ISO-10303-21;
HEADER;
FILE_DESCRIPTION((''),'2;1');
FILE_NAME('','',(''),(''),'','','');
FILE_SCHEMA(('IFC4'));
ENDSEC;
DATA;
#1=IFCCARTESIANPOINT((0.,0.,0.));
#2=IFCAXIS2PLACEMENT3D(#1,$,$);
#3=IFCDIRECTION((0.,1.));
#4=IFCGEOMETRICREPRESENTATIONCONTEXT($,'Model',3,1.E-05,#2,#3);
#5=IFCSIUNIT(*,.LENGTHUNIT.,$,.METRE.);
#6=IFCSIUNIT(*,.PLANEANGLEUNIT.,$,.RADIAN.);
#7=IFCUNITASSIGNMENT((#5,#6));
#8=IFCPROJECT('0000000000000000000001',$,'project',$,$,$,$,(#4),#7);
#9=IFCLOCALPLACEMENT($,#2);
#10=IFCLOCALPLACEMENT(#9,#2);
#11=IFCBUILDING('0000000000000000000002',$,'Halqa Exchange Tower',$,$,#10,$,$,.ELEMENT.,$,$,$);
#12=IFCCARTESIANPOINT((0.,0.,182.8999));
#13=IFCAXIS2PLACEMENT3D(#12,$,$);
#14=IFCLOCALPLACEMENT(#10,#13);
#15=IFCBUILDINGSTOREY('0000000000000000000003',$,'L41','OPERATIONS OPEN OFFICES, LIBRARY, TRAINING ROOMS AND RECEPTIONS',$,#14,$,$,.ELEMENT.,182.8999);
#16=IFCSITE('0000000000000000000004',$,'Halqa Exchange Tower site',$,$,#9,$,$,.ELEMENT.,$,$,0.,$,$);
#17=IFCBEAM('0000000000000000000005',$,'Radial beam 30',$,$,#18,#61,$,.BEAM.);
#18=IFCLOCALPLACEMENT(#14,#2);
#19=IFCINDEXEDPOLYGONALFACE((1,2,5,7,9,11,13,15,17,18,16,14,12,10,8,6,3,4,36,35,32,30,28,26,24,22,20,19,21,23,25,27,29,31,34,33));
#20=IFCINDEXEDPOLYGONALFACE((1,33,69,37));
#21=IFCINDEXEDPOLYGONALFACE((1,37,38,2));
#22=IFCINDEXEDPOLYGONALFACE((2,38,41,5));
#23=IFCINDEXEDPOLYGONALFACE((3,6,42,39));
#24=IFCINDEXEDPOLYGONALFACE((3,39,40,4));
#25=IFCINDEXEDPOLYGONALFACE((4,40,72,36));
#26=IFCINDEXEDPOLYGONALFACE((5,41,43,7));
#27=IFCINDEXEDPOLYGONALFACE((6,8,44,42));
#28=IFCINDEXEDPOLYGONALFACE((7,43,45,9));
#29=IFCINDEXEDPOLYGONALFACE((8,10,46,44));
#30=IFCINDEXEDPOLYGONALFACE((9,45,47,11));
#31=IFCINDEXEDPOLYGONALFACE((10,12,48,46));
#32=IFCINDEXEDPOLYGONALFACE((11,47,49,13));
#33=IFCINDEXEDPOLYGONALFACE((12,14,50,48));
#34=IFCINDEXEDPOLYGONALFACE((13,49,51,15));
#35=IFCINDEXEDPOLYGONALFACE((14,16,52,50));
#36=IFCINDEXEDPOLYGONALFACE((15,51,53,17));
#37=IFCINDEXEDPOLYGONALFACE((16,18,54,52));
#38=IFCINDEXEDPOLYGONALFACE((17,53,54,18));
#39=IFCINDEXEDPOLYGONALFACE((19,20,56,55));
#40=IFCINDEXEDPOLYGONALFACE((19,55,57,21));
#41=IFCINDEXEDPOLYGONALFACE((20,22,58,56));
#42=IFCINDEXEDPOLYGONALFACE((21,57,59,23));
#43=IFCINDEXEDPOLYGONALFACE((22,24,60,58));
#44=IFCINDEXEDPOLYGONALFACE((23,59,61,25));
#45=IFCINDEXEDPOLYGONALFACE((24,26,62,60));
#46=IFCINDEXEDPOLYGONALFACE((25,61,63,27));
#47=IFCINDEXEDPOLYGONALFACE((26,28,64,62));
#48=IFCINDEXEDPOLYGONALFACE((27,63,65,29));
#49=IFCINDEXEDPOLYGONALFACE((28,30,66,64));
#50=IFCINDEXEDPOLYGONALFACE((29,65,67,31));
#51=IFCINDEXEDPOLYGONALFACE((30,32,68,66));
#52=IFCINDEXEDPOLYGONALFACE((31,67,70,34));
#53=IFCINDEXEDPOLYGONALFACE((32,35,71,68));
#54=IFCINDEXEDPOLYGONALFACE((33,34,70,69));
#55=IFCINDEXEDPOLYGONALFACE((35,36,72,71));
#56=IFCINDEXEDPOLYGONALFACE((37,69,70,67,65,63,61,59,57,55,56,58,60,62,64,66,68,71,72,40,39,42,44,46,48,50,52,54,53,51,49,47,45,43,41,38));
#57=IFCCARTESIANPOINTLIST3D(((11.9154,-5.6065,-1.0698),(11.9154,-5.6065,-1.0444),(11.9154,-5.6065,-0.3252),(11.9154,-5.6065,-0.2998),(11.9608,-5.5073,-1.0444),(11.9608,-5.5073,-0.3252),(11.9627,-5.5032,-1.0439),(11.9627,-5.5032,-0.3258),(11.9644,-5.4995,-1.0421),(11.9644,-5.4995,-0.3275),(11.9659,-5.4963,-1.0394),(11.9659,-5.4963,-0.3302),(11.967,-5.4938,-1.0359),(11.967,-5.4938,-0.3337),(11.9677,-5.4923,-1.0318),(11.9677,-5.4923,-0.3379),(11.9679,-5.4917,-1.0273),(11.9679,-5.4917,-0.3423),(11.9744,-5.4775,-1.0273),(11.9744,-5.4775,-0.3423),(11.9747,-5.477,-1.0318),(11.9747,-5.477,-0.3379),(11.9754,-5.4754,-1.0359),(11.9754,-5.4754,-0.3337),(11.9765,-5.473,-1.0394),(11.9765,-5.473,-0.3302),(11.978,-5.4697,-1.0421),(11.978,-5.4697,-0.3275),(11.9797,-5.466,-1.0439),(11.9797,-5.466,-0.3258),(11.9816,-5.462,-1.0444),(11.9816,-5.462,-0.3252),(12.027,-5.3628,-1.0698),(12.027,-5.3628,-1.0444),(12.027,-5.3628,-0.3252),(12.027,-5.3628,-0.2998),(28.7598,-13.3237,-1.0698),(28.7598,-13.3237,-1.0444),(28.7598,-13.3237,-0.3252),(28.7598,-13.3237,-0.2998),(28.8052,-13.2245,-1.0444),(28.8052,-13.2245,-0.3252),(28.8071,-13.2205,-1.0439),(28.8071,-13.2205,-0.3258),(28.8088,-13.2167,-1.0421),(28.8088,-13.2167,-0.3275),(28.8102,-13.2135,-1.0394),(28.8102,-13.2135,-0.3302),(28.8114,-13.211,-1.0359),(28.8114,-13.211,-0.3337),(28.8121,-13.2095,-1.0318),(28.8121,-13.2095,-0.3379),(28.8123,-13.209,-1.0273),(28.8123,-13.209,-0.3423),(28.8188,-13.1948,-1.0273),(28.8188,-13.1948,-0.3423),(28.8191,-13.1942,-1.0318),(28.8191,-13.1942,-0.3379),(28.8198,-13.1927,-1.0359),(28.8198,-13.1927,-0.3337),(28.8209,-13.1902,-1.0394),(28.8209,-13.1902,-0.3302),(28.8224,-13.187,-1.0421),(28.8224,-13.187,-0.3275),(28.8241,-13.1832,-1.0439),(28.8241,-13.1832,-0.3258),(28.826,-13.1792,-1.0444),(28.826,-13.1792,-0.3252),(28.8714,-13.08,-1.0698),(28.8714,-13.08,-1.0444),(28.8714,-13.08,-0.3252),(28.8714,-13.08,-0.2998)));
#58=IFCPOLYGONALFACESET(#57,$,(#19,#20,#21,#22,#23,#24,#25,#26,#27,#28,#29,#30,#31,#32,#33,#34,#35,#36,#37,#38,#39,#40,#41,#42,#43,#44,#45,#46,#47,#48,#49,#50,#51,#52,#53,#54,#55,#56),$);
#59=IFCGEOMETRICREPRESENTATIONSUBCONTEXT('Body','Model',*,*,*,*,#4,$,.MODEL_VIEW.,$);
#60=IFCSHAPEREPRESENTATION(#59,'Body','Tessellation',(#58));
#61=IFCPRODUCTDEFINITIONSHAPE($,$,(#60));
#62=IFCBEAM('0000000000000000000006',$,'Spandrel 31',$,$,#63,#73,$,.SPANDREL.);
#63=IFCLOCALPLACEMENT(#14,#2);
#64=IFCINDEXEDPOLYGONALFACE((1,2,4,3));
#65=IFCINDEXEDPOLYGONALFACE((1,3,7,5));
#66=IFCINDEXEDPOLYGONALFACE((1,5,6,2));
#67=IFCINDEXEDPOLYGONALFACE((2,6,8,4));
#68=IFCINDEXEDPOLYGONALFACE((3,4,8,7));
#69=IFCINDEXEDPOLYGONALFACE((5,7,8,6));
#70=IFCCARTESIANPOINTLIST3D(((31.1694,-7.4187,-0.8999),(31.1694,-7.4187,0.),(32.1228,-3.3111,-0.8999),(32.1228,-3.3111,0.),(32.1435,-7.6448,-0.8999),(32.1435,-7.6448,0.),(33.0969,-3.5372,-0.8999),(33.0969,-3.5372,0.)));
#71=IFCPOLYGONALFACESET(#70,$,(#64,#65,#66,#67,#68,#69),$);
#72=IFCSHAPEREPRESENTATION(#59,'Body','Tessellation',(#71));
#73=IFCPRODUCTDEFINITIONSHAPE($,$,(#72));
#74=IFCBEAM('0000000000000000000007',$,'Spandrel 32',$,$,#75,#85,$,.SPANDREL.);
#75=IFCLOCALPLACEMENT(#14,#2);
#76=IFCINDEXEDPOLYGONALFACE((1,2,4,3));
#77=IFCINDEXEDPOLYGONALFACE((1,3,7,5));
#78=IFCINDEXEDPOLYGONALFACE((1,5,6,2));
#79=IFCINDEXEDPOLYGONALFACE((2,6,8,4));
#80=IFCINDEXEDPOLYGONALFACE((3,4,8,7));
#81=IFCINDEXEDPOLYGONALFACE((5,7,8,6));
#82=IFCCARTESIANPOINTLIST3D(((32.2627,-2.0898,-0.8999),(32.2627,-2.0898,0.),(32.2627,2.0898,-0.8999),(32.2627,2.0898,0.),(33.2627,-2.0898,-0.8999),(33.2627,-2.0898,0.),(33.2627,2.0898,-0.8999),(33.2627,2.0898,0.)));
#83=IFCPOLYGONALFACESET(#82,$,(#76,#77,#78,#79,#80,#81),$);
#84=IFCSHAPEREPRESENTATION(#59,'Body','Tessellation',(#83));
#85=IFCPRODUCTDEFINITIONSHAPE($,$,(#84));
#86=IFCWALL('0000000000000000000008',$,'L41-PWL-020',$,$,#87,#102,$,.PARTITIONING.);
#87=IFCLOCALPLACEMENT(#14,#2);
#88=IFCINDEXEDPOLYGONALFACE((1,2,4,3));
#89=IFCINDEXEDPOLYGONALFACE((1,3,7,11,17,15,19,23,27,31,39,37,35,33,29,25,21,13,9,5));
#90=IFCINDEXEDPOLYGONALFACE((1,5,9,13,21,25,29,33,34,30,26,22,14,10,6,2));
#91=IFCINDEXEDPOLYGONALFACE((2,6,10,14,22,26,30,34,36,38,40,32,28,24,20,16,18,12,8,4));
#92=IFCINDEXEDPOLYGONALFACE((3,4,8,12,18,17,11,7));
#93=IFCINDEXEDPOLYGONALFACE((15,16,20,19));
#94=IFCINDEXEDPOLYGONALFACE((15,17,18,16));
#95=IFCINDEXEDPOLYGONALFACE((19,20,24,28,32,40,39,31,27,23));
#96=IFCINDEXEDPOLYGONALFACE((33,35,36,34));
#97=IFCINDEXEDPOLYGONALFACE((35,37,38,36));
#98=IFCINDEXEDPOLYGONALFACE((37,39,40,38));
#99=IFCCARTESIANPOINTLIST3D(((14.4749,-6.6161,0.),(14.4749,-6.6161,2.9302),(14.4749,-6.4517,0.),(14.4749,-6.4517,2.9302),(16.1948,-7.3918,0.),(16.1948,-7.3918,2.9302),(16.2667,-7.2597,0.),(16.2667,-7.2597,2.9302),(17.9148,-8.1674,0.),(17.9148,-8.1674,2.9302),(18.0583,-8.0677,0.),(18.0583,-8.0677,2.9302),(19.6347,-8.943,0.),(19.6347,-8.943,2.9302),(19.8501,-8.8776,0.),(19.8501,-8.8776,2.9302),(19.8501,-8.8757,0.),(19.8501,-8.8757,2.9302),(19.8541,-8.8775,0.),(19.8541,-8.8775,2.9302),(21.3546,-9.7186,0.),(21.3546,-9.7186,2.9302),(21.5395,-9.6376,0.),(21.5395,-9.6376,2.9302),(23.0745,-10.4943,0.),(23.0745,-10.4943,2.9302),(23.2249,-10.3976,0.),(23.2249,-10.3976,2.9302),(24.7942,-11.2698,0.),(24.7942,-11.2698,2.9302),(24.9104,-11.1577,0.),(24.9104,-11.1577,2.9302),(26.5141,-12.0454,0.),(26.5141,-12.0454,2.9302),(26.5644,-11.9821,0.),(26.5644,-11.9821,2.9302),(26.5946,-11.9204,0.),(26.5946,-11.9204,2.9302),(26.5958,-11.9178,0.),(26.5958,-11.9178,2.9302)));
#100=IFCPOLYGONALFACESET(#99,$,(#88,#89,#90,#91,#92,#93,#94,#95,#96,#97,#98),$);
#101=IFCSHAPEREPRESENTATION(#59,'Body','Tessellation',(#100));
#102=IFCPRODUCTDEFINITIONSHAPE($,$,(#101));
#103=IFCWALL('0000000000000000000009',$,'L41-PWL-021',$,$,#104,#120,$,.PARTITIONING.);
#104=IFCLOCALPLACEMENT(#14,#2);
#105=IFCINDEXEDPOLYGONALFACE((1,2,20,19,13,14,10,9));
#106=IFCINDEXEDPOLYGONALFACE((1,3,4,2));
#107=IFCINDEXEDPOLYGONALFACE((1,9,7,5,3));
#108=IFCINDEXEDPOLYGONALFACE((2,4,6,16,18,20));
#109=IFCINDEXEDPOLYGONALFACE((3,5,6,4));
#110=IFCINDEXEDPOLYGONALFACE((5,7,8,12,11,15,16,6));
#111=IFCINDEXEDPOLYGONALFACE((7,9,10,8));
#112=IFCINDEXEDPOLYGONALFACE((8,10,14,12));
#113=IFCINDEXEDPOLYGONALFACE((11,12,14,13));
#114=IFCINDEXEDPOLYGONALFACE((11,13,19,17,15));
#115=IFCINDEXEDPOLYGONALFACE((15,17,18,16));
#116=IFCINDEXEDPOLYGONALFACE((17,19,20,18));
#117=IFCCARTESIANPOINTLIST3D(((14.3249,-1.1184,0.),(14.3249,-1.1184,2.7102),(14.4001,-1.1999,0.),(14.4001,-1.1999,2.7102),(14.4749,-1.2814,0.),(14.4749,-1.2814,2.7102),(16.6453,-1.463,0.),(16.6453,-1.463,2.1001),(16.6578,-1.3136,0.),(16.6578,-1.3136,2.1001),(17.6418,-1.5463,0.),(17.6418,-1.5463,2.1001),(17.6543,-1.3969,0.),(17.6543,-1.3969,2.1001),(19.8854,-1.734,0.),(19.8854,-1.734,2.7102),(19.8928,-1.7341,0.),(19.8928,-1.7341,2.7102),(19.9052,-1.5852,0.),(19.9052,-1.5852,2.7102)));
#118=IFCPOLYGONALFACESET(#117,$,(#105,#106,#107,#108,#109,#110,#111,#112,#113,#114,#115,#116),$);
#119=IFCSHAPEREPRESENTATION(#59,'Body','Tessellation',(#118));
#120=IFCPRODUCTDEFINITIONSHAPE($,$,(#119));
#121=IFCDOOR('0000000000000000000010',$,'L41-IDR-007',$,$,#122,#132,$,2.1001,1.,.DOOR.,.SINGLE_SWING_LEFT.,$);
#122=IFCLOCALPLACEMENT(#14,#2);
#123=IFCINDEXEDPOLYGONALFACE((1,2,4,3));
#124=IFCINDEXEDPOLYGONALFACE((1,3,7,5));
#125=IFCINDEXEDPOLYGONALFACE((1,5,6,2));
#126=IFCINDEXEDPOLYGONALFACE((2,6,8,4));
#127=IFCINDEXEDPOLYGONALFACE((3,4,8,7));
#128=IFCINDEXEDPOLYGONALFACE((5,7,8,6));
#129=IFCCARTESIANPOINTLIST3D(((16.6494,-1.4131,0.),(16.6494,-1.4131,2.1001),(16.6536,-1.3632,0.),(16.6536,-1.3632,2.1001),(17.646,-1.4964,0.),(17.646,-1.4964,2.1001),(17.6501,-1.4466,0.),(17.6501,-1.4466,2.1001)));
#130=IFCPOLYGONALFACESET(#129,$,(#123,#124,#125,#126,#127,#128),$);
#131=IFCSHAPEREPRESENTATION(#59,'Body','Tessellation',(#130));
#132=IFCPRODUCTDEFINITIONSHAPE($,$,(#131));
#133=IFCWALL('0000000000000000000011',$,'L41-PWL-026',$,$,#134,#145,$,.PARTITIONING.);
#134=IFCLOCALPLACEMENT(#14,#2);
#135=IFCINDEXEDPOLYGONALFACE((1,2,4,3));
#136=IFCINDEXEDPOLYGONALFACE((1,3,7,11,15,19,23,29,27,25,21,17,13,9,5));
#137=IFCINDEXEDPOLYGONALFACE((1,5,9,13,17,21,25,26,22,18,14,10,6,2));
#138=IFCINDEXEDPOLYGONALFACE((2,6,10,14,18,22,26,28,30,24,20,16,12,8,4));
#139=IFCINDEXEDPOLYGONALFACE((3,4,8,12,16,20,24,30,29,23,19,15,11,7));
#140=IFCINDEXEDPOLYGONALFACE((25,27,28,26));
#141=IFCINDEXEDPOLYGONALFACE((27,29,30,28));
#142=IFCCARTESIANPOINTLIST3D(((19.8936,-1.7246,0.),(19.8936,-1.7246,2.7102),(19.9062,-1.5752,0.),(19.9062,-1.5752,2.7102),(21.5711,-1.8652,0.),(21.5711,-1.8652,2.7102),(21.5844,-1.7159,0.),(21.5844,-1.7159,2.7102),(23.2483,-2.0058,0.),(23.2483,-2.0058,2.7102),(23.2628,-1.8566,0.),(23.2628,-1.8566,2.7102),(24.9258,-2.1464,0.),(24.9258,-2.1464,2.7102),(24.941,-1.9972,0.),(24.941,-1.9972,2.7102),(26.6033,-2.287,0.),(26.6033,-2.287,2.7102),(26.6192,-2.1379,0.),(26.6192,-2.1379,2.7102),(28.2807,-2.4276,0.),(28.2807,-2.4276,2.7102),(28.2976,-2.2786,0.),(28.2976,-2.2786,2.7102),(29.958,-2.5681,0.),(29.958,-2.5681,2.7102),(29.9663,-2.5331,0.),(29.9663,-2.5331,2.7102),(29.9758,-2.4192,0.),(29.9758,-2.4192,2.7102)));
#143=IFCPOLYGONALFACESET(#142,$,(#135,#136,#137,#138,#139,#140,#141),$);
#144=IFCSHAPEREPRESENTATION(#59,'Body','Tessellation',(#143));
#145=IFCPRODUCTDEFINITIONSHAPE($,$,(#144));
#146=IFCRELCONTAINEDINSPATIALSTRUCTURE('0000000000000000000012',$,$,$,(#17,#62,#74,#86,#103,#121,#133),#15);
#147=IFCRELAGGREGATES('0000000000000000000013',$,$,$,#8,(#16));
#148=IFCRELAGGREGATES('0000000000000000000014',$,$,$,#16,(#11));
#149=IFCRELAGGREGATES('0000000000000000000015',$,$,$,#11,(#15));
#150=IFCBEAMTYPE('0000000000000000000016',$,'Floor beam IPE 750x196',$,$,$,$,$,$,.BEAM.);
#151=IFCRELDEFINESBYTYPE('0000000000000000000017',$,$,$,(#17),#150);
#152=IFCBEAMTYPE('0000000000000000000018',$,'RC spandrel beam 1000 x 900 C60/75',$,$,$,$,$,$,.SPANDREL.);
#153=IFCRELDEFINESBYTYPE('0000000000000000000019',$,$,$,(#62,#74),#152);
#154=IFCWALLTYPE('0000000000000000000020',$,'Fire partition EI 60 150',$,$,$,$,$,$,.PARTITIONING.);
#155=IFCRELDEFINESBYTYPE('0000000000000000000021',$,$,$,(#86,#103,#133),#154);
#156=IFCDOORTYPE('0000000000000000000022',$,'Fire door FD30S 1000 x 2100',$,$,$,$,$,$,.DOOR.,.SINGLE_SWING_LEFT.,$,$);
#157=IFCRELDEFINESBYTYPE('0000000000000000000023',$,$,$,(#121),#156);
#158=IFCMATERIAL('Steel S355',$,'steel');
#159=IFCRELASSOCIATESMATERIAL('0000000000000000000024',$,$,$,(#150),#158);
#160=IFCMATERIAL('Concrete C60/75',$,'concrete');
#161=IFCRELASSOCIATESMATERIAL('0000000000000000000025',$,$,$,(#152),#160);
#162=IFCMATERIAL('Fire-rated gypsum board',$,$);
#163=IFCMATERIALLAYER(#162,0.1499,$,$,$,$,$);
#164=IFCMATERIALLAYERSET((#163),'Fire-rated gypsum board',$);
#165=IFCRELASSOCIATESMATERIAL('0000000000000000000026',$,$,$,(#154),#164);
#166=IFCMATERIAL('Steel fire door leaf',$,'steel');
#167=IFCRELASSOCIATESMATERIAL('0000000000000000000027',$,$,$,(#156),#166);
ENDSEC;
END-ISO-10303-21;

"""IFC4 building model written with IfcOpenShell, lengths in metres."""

from ifc_helpers import new_model, si_unit, direction, frame, frame_2d, origin, origin_2d, place, context, subcontext, project, spatial, polyline, rectangle, i_section, outline, extrude, material, layer, layer_set, material_profile, profile_set, type_object, element, fill, save


model = new_model("IFC4")

# Units and contexts
model_context = context("Model", 3, precision=1e-05, world=origin(), true_north=direction((0.0, 1.0)))
body_context = subcontext(model_context, "Body", "Model", "MODEL_VIEW")
ifc_project = project(units=[si_unit("LENGTHUNIT", "METRE"), si_unit("PLANEANGLEUNIT", "RADIAN")], contexts=[model_context])

# Site, building, storey
site_placement = place(None, origin())
site = spatial("IfcSite", under=ifc_project, at=site_placement, Name="Halqa Exchange Tower site", CompositionType="ELEMENT", RefElevation=0.0)
building_placement = place(site_placement, origin())
building = spatial("IfcBuilding", under=site, at=building_placement, Name="Halqa Exchange Tower", CompositionType="ELEMENT")
storey_placement = place(building_placement, frame((0.0, 0.0, 182.8999)))
storey = spatial("IfcBuildingStorey", under=building, at=storey_placement, Name="L41", Description="OPERATIONS OPEN OFFICES, LIBRARY, TRAINING ROOMS AND RECEPTIONS", CompositionType="ELEMENT", Elevation=182.8999)

# Beams
ifc_material_1 = material(Name="Steel S355", Category="steel")
ifc_material_profile_1 = material_profile(ifc_material_1, i_section(OverallWidth=0.2681, OverallDepth=0.77, WebThickness=0.0156, FlangeThickness=0.0254, FilletRadius=0.0171, at=origin_2d()), Name="IPE 750x196")
ifc_profile_set_1 = profile_set([ifc_material_profile_1], Name="Steel S355")
beam_type_1 = type_object("IfcBeamType", Name="Floor beam IPE 750x196", PredefinedType="BEAM", material=ifc_profile_set_1)
beam_1_placement = place(storey_placement, frame((11.9712, -5.4846, -0.6848), z_axis=(0.909128, -0.416516, 0.0), x_axis=(0.416516, 0.909128, 0.0)))
element("IfcBeam", 1, at=beam_1_placement, inside=storey, type_object=beam_type_1, Name="Radial beam 30", PredefinedType="BEAM", context=body_context, shape_type="SweptSolid", body=[
    extrude(i_section(OverallWidth=0.2681, OverallDepth=0.77, WebThickness=0.0156, FlangeThickness=0.0254, FilletRadius=0.0171, at=origin_2d()), origin(), (0.0, 0.0, 1.0), 18.5281),
])
ifc_material_2 = material(Name="Concrete C60/75", Category="concrete")
ifc_material_profile_2 = material_profile(ifc_material_2, rectangle(XDim=1.0, YDim=0.8999, at=origin_2d()), Name="1000 x 900")
ifc_profile_set_2 = profile_set([ifc_material_profile_2], Name="Concrete C60/75")
beam_type_2 = type_object("IfcBeamType", Name="RC spandrel beam 1000 x 900 C60/75", PredefinedType="SPANDREL", material=ifc_profile_set_2)
beam_2_placement = place(storey_placement, frame((31.6565, -7.5317, -0.45), z_axis=(0.226086, 0.974107, 0.0), x_axis=(-0.974107, 0.226086, 0.0)))
element("IfcBeam", 2, at=beam_2_placement, inside=storey, type_object=beam_type_2, Name="Spandrel 31", PredefinedType="SPANDREL", context=body_context, shape_type="SweptSolid", body=[
    extrude(rectangle(XDim=1.0, YDim=0.8999, at=origin_2d()), origin(), (0.0, 0.0, 1.0), 4.2168),
])
beam_3_placement = place(storey_placement, frame((32.7627, -2.0898, -0.45), z_axis=(0.0, 1.0, 0.0), x_axis=(-1.0, 0.0, 0.0)))
element("IfcBeam", 3, at=beam_3_placement, inside=storey, type_object=beam_type_2, Name="Spandrel 32", PredefinedType="SPANDREL", context=body_context, shape_type="SweptSolid", body=[
    extrude(rectangle(XDim=1.0, YDim=0.8999, at=origin_2d()), origin(), (0.0, 0.0, 1.0), 4.1797),
])

# Wall
ifc_material_3 = material(Name="Fire-rated gypsum board")
ifc_layer_1 = layer(ifc_material_3, 0.1499)
ifc_layer_set_1 = layer_set([ifc_layer_1], Name="Fire-rated gypsum board")
wall_type_1 = type_object("IfcWallType", Name="Fire partition EI 60 150", PredefinedType="PARTITIONING", material=ifc_layer_set_1)
wall_1_placement = place(storey_placement, frame((14.4441, -6.52, 0.0), z_axis=(0.0, 0.0, 1.0), x_axis=(0.911592, -0.411095, 0.0)))
element("IfcWall", 4, at=wall_1_placement, inside=storey, type_object=wall_type_1, Name="L41-PWL-020", PredefinedType="PARTITIONING", context=body_context, shape_type="SweptSolid", body=[
    extrude(outline(polyline([(0.0676, -0.075), (1.9543, -0.075), (3.8411, -0.075), (5.7278, -0.075), (7.6145, -0.075), (9.5012, -0.075), (11.3877, -0.075), (13.2744, -0.075), (13.2942, 0.0034), (13.2964, 0.072), (13.2964, 0.075), (11.4475, 0.075), (9.5986, 0.075), (7.7498, 0.075), (5.9009, 0.075), (5.8972, 0.0732), (5.8965, 0.075), (3.9309, 0.075), (1.9656, 0.075), (0.0, 0.075), (0.0676, -0.075)])), origin(), (0.0, 0.0, 1.0), 2.9302),
])

# Wall, opening, door
wall_2_placement = place(storey_placement, frame((14.3186, -1.1931, 0.0), z_axis=(0.0, 0.0, 1.0), x_axis=(0.99652, -0.083359, 0.0)))
wall_2 = element("IfcWall", 5, at=wall_2_placement, inside=storey, type_object=wall_type_1, Name="L41-PWL-021", PredefinedType="PARTITIONING", context=body_context, shape_type="SweptSolid", body=[
    extrude(outline(polyline([(0.1631, -0.075), (1.9729, -0.075), (3.7827, -0.075), (5.5925, -0.075), (5.5999, -0.0745), (5.5999, 0.075), (3.7332, 0.075), (1.8667, 0.075), (0.0, 0.075), (0.0818, 0.0), (0.1631, -0.075)])), origin(), (0.0, 0.0, 1.0), 2.7102),
])
opening_1_placement = place(wall_2_placement, frame((2.3411, 0.0, 0.0)))
opening_1 = element("IfcOpeningElement", 6, at=opening_1_placement, cuts=wall_2, PredefinedType="OPENING", context=body_context, shape_type="SweptSolid", body=[
    extrude(rectangle(XDim=1.0, YDim=2.1001, at=frame_2d((0.5, 1.05))), frame((0.0, 0.0869, 0.0), z_axis=(0.0, -1.0, 0.0), x_axis=(1.0, 0.0, 0.0)), (0.0, 0.0, 1.0), 0.1738),
])
ifc_material_4 = material(Name="Steel fire door leaf", Category="steel")
door_type_1 = type_object("IfcDoorType", Name="Fire door FD30S 1000 x 2100", OperationType="SINGLE_SWING_LEFT", PredefinedType="DOOR", material=ifc_material_4)
door_1_placement = place(opening_1_placement, frame((1.0, 0.0, 0.0), z_axis=(0.0, 0.0, 1.0), x_axis=(-1.0, 0.0, 0.0)))
door_1 = element("IfcDoor", 7, at=door_1_placement, inside=storey, type_object=door_type_1, Name="L41-IDR-007", OperationType="SINGLE_SWING_LEFT", OverallHeight=2.1001, OverallWidth=1.0, PredefinedType="DOOR", context=body_context, shape_type="SweptSolid", body=[
    extrude(rectangle(XDim=1.0, YDim=2.1001, at=frame_2d((0.5, 1.05))), frame((0.0, 0.0249, 0.0), z_axis=(0.0, -1.0, 0.0), x_axis=(1.0, 0.0, 0.0)), (0.0, 0.0, 1.0), 0.05),
])
fill(opening_1, door_1)

# Wall
wall_3_placement = place(storey_placement, frame((19.8999, -1.6499, 0.0), z_axis=(0.0, 0.0, 1.0), x_axis=(0.996506, -0.083523, 0.0)))
element("IfcWall", 8, at=wall_3_placement, inside=storey, type_object=wall_type_1, Name="L41-PWL-026", PredefinedType="PARTITIONING", context=body_context, shape_type="SweptSolid", body=[
    extrude(outline(polyline([(0.0, -0.075), (1.6833, -0.075), (3.3665, -0.075), (5.0498, -0.075), (6.7332, -0.075), (8.4165, -0.075), (10.0996, -0.075), (10.105, -0.0393), (10.105, 0.075), (8.4209, 0.075), (6.7366, 0.075), (5.0525, 0.075), (3.3684, 0.075), (1.6841, 0.075), (0.0, 0.075), (0.0, -0.075)])), origin(), (0.0, 0.0, 1.0), 2.7102),
])

save(model, "model.ifc")
